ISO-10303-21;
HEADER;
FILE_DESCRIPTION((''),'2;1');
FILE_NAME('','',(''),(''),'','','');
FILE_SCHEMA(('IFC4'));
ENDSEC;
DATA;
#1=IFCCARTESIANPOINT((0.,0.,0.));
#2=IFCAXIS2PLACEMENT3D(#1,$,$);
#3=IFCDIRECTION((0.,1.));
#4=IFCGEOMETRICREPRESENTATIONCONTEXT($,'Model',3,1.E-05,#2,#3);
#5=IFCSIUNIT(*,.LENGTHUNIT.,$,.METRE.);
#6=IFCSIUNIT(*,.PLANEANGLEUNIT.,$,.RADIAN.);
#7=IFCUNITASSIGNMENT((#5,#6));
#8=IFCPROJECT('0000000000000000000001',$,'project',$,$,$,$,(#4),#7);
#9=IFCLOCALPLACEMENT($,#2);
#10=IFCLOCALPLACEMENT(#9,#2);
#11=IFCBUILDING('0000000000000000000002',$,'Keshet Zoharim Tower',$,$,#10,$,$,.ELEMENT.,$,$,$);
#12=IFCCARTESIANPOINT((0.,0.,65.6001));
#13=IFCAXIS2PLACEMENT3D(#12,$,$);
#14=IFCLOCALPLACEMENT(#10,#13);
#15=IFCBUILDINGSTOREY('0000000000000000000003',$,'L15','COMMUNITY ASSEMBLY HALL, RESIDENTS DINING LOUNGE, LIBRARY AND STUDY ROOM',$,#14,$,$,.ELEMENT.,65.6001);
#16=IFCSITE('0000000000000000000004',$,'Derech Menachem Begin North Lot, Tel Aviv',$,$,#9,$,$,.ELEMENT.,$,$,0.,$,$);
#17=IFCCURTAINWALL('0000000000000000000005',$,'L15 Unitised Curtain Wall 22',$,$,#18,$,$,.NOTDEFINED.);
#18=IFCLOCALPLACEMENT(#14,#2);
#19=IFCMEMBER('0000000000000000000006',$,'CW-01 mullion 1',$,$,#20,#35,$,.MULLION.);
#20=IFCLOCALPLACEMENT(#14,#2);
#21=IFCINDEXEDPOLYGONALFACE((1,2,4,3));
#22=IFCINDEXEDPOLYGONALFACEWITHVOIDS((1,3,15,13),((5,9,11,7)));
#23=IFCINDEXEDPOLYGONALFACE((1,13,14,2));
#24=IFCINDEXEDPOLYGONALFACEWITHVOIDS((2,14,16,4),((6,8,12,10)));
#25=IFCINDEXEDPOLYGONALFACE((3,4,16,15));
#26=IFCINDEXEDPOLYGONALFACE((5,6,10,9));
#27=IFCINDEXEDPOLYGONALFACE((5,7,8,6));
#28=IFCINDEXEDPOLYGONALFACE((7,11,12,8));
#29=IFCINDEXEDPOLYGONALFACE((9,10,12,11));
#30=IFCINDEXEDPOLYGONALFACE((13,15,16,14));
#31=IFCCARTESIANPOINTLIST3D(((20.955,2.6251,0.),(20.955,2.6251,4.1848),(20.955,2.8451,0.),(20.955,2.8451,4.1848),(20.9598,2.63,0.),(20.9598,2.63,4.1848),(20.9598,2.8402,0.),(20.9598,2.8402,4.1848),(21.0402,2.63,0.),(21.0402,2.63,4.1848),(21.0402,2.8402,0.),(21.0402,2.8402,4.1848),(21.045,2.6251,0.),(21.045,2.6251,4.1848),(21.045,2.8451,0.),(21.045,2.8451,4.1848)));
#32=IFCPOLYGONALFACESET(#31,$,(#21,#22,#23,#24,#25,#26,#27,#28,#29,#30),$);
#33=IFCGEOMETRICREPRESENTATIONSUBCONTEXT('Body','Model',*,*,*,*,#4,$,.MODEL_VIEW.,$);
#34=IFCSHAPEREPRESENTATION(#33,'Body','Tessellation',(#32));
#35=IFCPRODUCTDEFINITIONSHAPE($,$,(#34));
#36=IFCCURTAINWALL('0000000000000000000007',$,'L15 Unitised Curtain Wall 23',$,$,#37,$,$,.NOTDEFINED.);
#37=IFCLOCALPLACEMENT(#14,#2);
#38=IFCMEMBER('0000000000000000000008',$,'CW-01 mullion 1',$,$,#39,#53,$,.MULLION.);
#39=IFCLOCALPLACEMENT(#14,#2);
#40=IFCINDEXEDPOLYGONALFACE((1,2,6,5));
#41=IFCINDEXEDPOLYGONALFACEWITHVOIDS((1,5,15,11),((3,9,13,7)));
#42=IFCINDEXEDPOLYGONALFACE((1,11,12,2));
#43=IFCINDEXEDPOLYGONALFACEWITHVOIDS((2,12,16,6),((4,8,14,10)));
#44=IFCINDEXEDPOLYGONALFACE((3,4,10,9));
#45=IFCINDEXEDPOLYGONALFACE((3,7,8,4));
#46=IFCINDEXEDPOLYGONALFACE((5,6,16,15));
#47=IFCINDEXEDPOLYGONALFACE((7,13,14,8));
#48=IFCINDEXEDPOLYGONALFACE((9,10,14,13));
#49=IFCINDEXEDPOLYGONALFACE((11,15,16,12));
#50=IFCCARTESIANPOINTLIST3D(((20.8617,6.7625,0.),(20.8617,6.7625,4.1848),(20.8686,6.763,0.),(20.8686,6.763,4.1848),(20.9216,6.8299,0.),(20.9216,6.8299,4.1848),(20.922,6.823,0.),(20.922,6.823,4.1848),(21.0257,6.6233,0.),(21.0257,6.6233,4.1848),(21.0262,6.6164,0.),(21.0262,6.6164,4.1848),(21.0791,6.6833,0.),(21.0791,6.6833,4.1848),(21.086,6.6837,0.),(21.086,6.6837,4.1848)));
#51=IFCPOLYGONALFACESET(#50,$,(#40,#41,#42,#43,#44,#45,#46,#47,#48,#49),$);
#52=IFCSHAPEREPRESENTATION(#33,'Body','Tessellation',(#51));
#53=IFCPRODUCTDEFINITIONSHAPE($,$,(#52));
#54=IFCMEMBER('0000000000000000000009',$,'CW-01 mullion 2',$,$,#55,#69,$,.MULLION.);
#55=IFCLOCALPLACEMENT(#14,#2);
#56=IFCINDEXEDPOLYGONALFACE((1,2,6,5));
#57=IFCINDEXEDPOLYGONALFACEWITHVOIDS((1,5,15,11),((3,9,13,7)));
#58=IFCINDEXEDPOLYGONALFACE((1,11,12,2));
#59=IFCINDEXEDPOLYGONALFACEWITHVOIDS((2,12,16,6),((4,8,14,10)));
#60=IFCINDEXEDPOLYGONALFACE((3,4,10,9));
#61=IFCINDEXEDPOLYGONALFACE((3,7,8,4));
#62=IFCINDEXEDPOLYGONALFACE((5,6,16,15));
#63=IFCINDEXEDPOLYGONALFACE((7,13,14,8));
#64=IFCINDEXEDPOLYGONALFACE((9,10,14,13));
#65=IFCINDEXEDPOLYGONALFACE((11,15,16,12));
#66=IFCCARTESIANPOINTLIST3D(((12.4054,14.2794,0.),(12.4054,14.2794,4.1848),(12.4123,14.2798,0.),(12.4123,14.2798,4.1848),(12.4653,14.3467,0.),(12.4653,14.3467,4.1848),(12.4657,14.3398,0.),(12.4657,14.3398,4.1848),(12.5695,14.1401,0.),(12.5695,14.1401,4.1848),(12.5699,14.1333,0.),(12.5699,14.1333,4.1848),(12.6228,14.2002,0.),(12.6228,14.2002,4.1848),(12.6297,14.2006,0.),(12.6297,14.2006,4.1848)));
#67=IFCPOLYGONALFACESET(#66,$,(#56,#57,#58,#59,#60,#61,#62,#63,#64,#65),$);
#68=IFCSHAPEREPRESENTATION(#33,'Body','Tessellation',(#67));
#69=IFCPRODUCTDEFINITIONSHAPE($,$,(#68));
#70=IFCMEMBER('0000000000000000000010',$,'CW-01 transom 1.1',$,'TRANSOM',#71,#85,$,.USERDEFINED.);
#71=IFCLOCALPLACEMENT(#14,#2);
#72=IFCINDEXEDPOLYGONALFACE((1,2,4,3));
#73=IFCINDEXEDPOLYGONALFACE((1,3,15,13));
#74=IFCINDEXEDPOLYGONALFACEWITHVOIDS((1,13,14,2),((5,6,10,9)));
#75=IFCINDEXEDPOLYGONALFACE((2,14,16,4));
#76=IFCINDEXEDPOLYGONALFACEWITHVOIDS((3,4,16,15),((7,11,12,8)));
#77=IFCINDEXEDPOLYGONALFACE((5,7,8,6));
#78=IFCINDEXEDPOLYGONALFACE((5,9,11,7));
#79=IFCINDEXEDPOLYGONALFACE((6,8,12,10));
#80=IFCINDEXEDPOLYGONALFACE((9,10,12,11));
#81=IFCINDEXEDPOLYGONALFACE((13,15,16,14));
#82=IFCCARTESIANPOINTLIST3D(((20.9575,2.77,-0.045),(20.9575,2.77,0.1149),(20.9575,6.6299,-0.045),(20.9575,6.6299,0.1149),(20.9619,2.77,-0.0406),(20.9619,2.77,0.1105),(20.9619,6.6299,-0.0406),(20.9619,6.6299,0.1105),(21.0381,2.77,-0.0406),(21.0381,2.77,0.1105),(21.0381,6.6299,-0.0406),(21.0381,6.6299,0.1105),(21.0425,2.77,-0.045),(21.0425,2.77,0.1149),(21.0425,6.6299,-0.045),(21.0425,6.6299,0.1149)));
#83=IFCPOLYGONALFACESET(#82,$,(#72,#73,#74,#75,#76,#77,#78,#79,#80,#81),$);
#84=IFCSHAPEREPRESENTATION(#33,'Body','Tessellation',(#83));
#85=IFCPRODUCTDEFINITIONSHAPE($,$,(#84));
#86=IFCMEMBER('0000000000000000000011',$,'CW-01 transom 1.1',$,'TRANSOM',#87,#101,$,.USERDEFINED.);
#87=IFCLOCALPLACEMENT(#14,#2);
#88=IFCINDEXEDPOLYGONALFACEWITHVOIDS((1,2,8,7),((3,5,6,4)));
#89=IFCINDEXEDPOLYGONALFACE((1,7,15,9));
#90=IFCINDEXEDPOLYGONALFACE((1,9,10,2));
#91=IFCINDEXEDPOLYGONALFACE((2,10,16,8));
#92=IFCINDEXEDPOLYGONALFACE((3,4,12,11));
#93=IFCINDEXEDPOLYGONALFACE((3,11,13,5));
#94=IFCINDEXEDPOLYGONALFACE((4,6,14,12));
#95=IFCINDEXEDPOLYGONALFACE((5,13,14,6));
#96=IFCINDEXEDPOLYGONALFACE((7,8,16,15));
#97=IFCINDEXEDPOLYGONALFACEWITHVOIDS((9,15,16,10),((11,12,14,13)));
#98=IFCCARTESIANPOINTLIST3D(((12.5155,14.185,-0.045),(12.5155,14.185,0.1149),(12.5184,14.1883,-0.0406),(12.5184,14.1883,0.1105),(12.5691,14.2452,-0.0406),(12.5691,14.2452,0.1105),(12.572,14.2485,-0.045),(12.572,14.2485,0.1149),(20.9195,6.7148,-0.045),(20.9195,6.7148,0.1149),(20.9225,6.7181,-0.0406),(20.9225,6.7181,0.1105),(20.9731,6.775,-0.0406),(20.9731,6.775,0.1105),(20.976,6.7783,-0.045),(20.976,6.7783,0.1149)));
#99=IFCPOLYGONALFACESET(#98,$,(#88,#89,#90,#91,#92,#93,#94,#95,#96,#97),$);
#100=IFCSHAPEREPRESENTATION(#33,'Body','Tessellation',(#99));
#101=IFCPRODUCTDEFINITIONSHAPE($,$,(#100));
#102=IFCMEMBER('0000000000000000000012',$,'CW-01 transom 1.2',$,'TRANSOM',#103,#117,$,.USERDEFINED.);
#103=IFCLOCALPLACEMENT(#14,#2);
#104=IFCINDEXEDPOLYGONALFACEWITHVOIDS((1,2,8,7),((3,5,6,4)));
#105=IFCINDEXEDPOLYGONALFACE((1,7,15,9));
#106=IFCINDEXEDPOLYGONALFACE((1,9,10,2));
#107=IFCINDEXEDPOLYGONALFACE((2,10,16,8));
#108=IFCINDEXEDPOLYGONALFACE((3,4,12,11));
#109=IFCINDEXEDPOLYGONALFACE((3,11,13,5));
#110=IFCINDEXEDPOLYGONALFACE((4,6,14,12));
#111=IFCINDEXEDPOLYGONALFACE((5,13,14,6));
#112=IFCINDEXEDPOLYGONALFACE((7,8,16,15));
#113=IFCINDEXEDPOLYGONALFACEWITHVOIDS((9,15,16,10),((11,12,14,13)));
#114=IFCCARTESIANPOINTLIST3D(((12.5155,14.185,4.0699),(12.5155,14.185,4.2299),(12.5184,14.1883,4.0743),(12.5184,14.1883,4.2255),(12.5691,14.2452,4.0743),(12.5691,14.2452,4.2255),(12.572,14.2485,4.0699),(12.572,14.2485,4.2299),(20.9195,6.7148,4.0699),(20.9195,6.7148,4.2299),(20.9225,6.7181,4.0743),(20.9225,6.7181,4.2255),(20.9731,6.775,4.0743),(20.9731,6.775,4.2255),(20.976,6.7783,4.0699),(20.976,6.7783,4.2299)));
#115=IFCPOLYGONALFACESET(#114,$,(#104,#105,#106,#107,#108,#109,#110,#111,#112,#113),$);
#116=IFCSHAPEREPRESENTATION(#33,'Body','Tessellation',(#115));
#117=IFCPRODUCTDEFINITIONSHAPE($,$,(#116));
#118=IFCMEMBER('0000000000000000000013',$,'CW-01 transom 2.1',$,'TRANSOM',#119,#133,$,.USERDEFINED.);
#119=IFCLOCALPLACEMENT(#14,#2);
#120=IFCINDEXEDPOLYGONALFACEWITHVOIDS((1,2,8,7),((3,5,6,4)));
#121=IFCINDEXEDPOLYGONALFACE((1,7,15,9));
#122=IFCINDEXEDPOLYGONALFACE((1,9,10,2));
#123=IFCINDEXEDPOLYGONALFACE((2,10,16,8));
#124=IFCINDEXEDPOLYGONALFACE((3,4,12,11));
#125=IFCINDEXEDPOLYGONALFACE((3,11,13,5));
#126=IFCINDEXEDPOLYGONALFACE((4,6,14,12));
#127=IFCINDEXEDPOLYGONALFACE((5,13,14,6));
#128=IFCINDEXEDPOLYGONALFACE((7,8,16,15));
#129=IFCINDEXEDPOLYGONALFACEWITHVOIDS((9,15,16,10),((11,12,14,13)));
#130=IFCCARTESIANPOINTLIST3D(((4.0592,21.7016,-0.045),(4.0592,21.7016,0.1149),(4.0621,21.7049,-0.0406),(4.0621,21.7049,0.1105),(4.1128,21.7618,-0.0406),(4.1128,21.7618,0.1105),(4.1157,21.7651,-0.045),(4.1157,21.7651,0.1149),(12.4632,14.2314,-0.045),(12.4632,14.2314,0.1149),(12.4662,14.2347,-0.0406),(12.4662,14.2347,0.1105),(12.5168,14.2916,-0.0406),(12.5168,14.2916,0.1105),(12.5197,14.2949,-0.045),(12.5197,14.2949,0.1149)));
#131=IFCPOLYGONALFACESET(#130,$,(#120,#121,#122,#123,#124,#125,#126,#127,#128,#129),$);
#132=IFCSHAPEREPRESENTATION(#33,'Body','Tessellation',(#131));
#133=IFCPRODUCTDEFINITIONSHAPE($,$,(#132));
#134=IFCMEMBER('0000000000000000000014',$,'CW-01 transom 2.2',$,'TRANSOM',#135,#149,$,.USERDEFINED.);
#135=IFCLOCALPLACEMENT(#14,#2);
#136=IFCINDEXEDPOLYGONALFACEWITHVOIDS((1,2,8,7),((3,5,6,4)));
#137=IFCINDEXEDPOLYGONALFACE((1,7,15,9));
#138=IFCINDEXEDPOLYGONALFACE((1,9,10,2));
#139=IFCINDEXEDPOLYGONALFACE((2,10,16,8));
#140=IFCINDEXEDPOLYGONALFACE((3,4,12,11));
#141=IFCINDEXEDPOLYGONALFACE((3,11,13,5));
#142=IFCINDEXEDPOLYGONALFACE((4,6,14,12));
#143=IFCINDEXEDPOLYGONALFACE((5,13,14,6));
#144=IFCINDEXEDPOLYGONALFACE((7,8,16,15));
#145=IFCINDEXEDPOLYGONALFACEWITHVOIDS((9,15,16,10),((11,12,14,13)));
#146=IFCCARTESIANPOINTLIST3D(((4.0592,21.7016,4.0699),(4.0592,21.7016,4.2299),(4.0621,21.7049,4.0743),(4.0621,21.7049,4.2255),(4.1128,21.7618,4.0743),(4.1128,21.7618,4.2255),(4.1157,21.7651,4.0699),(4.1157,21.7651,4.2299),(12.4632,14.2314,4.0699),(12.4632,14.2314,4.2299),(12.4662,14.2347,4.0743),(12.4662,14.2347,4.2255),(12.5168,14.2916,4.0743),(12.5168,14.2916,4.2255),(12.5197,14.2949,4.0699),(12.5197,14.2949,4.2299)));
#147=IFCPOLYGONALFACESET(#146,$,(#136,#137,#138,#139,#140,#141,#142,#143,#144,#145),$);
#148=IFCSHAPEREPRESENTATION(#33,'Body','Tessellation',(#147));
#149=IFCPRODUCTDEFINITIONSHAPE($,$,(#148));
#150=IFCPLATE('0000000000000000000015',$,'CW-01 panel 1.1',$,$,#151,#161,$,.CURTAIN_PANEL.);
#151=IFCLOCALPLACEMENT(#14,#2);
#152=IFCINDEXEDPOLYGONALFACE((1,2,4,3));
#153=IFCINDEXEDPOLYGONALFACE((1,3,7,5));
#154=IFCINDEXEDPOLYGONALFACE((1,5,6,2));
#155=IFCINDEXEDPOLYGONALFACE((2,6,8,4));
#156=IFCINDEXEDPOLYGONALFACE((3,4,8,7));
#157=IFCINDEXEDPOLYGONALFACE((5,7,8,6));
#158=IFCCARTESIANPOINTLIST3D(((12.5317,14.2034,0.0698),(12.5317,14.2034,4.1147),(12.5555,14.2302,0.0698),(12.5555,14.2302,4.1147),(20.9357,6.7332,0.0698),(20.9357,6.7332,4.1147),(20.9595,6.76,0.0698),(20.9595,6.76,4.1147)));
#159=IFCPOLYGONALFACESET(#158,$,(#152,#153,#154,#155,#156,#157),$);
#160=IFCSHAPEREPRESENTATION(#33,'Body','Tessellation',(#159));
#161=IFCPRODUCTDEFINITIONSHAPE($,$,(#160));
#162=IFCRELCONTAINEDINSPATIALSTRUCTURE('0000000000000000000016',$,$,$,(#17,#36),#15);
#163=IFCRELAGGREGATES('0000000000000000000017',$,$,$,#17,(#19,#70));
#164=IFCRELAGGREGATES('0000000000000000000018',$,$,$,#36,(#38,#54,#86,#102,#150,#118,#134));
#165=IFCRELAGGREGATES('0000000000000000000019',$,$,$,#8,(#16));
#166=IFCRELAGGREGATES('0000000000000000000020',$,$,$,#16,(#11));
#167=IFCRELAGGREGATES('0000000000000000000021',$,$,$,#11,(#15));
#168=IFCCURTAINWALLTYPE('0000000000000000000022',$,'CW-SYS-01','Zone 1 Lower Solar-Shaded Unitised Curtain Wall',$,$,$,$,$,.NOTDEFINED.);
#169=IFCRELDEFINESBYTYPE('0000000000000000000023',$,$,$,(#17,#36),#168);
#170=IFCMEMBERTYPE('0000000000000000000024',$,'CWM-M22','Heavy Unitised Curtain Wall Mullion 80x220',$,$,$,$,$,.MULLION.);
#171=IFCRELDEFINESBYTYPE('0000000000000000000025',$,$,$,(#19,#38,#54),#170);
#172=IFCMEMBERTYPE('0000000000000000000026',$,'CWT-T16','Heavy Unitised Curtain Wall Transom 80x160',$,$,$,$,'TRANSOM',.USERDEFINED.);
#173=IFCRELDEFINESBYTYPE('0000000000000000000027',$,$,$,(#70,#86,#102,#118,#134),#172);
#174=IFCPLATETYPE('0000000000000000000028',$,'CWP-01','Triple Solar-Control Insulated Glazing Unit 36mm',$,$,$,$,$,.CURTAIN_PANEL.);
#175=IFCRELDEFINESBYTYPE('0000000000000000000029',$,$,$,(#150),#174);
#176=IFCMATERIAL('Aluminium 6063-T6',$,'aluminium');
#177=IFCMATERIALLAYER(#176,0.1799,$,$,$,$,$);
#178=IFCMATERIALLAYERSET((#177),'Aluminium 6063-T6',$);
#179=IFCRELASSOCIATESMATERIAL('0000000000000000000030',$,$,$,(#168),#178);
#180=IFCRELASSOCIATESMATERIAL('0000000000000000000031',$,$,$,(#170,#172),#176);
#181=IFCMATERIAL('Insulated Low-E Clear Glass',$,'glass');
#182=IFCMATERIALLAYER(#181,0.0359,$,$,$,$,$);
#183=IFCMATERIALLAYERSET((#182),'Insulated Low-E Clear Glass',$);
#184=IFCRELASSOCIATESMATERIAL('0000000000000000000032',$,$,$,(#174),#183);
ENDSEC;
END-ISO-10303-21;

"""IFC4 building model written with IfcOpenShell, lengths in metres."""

from ifc_helpers import new_model, si_unit, direction, frame, origin, origin_2d, place, context, subcontext, project, spatial, rectangle, hollow_rectangle, extrude, material, layer, layer_set, material_profile, profile_set, type_object, element, aggregate, save


model = new_model("IFC4")

# Units and contexts
model_context = context("Model", 3, precision=1e-05, world=origin(), true_north=direction((0.0, 1.0)))
body_context = subcontext(model_context, "Body", "Model", "MODEL_VIEW")
ifc_project = project(units=[si_unit("LENGTHUNIT", "METRE"), si_unit("PLANEANGLEUNIT", "RADIAN")], contexts=[model_context])

# Site, building, storey
site_placement = place(None, origin())
site = spatial("IfcSite", under=ifc_project, at=site_placement, Name="Derech Menachem Begin North Lot, Tel Aviv", CompositionType="ELEMENT", RefElevation=0.0)
building_placement = place(site_placement, origin())
building = spatial("IfcBuilding", under=site, at=building_placement, Name="Keshet Zoharim Tower", CompositionType="ELEMENT")
storey_placement = place(building_placement, frame((0.0, 0.0, 65.6001)))
storey = spatial("IfcBuildingStorey", under=building, at=storey_placement, Name="L15", Description="COMMUNITY ASSEMBLY HALL, RESIDENTS DINING LOUNGE, LIBRARY AND STUDY ROOM", CompositionType="ELEMENT", Elevation=65.6001)

# Curtain wall, member
ifc_material_1 = material(Name="Aluminium 6063-T6", Category="aluminium")
ifc_layer_1 = layer(ifc_material_1, 0.1799)
ifc_layer_set_1 = layer_set([ifc_layer_1], Name="Aluminium 6063-T6")
curtain_wall_type = type_object("IfcCurtainWallType", Name="CW-SYS-01", Description="Zone 1 Lower Solar-Shaded Unitised Curtain Wall", PredefinedType="NOTDEFINED", material=ifc_layer_set_1)
curtain_wall_1_placement = place(storey_placement, origin())
curtain_wall_1 = element("IfcCurtainWall", 1, at=curtain_wall_1_placement, inside=storey, type_object=curtain_wall_type, Name="L15 Unitised Curtain Wall 22", PredefinedType="NOTDEFINED")
ifc_material_profile_1 = material_profile(ifc_material_1, hollow_rectangle(XDim=0.0901, YDim=0.22, WallThickness=0.0049, at=origin_2d()), Name="MUL-90x220")
ifc_profile_set_1 = profile_set([ifc_material_profile_1], Name="Aluminium 6063-T6")
member_type_1 = type_object("IfcMemberType", Name="CWM-M22", Description="Heavy Unitised Curtain Wall Mullion 80x220", PredefinedType="MULLION", material=ifc_profile_set_1)
member_1_placement = place(storey_placement, frame((21.0, 2.7351, 0.0), z_axis=(0.0, 0.0, 1.0), x_axis=(-1.0, 0.0, 0.0)))
member_1 = element("IfcMember", 2, at=member_1_placement, type_object=member_type_1, Name="CW-01 mullion 1", PredefinedType="MULLION", context=body_context, shape_type="SweptSolid", body=[
    extrude(hollow_rectangle(XDim=0.0901, YDim=0.22, WallThickness=0.0049, at=origin_2d()), origin(), (0.0, 0.0, 1.0), 4.1848),
])

# Curtain wall, members
curtain_wall_2_placement = place(storey_placement, origin())
curtain_wall_2 = element("IfcCurtainWall", 3, at=curtain_wall_2_placement, inside=storey, type_object=curtain_wall_type, Name="L15 Unitised Curtain Wall 23", PredefinedType="NOTDEFINED")
member_2_placement = place(storey_placement, frame((20.9739, 6.7231, 0.0), z_axis=(0.0, 0.0, 1.0), x_axis=(-0.664364, -0.747409, 0.0)))
member_2 = element("IfcMember", 4, at=member_2_placement, type_object=member_type_1, Name="CW-01 mullion 1", PredefinedType="MULLION", context=body_context, shape_type="SweptSolid", body=[
    extrude(hollow_rectangle(XDim=0.0901, YDim=0.22, WallThickness=0.0049, at=origin_2d()), origin(), (0.0, 0.0, 1.0), 4.1848),
])
member_3_placement = place(storey_placement, frame((12.5176, 14.24, 0.0), z_axis=(0.0, 0.0, 1.0), x_axis=(-0.664364, -0.747409, 0.0)))
member_3 = element("IfcMember", 5, at=member_3_placement, type_object=member_type_1, Name="CW-01 mullion 2", PredefinedType="MULLION", context=body_context, shape_type="SweptSolid", body=[
    extrude(hollow_rectangle(XDim=0.0901, YDim=0.22, WallThickness=0.0049, at=origin_2d()), origin(), (0.0, 0.0, 1.0), 4.1848),
])

# Members
ifc_material_profile_2 = material_profile(ifc_material_1, hollow_rectangle(XDim=0.085, YDim=0.1599, WallThickness=0.0044, at=origin_2d()), Name="TRN-85x160")
ifc_profile_set_2 = profile_set([ifc_material_profile_2], Name="Aluminium 6063-T6")
member_type_2 = type_object("IfcMemberType", Name="CWT-T16", Description="Heavy Unitised Curtain Wall Transom 80x160", ElementType="TRANSOM", PredefinedType="USERDEFINED", material=ifc_profile_set_2)
member_4_placement = place(storey_placement, frame((21.0, 2.77, 0.0349), z_axis=(0.0, 1.0, 0.0), x_axis=(-1.0, 0.0, 0.0)))
member_4 = element("IfcMember", 6, at=member_4_placement, type_object=member_type_2, Name="CW-01 transom 1.1", ObjectType="TRANSOM", PredefinedType="USERDEFINED", context=body_context, shape_type="SweptSolid", body=[
    extrude(hollow_rectangle(XDim=0.085, YDim=0.1599, WallThickness=0.0044, at=origin_2d()), origin(), (0.0, 0.0, 1.0), 3.8599),
])
aggregate(curtain_wall_1, [member_1, member_4])
member_5_placement = place(storey_placement, frame((20.9478, 6.7466, 0.0349), z_axis=(-0.747412, 0.664361, 0.0), x_axis=(-0.664361, -0.747412, 0.0)))
member_5 = element("IfcMember", 7, at=member_5_placement, type_object=member_type_2, Name="CW-01 transom 1.1", ObjectType="TRANSOM", PredefinedType="USERDEFINED", context=body_context, shape_type="SweptSolid", body=[
    extrude(hollow_rectangle(XDim=0.085, YDim=0.1599, WallThickness=0.0044, at=origin_2d()), origin(), (0.0, 0.0, 1.0), 11.2441),
])
member_6_placement = place(storey_placement, frame((20.9478, 6.7466, 4.1499), z_axis=(-0.747412, 0.664361, 0.0), x_axis=(-0.664361, -0.747412, 0.0)))
member_6 = element("IfcMember", 8, at=member_6_placement, type_object=member_type_2, Name="CW-01 transom 1.2", ObjectType="TRANSOM", PredefinedType="USERDEFINED", context=body_context, shape_type="SweptSolid", body=[
    extrude(hollow_rectangle(XDim=0.085, YDim=0.1599, WallThickness=0.0044, at=origin_2d()), origin(), (0.0, 0.0, 1.0), 11.2441),
])
member_7_placement = place(storey_placement, frame((12.4915, 14.2632, 0.0349), z_axis=(-0.747412, 0.664361, 0.0), x_axis=(-0.664361, -0.747412, 0.0)))
member_7 = element("IfcMember", 9, at=member_7_placement, type_object=member_type_2, Name="CW-01 transom 2.1", ObjectType="TRANSOM", PredefinedType="USERDEFINED", context=body_context, shape_type="SweptSolid", body=[
    extrude(hollow_rectangle(XDim=0.085, YDim=0.1599, WallThickness=0.0044, at=origin_2d()), origin(), (0.0, 0.0, 1.0), 11.2441),
])
member_8_placement = place(storey_placement, frame((12.4915, 14.2632, 4.1499), z_axis=(-0.747412, 0.664361, 0.0), x_axis=(-0.664361, -0.747412, 0.0)))
member_8 = element("IfcMember", 10, at=member_8_placement, type_object=member_type_2, Name="CW-01 transom 2.2", ObjectType="TRANSOM", PredefinedType="USERDEFINED", context=body_context, shape_type="SweptSolid", body=[
    extrude(hollow_rectangle(XDim=0.085, YDim=0.1599, WallThickness=0.0044, at=origin_2d()), origin(), (0.0, 0.0, 1.0), 11.2441),
])

# Plate
ifc_material_2 = material(Name="Insulated Low-E Clear Glass", Category="glass")
ifc_layer_2 = layer(ifc_material_2, 0.0359)
ifc_layer_set_2 = layer_set([ifc_layer_2], Name="Insulated Low-E Clear Glass")
plate_type = type_object("IfcPlateType", Name="CWP-01", Description="Triple Solar-Control Insulated Glazing Unit 36mm", PredefinedType="CURTAIN_PANEL", material=ifc_layer_set_2)
plate_placement = place(storey_placement, frame((16.7456, 10.4817, 0.0698), z_axis=(0.0, 0.0, 1.0), x_axis=(-0.747409, 0.664364, 0.0)))
plate = element("IfcPlate", 11, at=plate_placement, type_object=plate_type, Name="CW-01 panel 1.1", PredefinedType="CURTAIN_PANEL", context=body_context, shape_type="SweptSolid", body=[
    extrude(rectangle(XDim=11.2441, YDim=0.0359, at=origin_2d()), origin(), (0.0, 0.0, 1.0), 4.0449),
])
aggregate(curtain_wall_2, [member_2, member_3, member_5, member_6, plate, member_7, member_8])

save(model, "model.ifc")
